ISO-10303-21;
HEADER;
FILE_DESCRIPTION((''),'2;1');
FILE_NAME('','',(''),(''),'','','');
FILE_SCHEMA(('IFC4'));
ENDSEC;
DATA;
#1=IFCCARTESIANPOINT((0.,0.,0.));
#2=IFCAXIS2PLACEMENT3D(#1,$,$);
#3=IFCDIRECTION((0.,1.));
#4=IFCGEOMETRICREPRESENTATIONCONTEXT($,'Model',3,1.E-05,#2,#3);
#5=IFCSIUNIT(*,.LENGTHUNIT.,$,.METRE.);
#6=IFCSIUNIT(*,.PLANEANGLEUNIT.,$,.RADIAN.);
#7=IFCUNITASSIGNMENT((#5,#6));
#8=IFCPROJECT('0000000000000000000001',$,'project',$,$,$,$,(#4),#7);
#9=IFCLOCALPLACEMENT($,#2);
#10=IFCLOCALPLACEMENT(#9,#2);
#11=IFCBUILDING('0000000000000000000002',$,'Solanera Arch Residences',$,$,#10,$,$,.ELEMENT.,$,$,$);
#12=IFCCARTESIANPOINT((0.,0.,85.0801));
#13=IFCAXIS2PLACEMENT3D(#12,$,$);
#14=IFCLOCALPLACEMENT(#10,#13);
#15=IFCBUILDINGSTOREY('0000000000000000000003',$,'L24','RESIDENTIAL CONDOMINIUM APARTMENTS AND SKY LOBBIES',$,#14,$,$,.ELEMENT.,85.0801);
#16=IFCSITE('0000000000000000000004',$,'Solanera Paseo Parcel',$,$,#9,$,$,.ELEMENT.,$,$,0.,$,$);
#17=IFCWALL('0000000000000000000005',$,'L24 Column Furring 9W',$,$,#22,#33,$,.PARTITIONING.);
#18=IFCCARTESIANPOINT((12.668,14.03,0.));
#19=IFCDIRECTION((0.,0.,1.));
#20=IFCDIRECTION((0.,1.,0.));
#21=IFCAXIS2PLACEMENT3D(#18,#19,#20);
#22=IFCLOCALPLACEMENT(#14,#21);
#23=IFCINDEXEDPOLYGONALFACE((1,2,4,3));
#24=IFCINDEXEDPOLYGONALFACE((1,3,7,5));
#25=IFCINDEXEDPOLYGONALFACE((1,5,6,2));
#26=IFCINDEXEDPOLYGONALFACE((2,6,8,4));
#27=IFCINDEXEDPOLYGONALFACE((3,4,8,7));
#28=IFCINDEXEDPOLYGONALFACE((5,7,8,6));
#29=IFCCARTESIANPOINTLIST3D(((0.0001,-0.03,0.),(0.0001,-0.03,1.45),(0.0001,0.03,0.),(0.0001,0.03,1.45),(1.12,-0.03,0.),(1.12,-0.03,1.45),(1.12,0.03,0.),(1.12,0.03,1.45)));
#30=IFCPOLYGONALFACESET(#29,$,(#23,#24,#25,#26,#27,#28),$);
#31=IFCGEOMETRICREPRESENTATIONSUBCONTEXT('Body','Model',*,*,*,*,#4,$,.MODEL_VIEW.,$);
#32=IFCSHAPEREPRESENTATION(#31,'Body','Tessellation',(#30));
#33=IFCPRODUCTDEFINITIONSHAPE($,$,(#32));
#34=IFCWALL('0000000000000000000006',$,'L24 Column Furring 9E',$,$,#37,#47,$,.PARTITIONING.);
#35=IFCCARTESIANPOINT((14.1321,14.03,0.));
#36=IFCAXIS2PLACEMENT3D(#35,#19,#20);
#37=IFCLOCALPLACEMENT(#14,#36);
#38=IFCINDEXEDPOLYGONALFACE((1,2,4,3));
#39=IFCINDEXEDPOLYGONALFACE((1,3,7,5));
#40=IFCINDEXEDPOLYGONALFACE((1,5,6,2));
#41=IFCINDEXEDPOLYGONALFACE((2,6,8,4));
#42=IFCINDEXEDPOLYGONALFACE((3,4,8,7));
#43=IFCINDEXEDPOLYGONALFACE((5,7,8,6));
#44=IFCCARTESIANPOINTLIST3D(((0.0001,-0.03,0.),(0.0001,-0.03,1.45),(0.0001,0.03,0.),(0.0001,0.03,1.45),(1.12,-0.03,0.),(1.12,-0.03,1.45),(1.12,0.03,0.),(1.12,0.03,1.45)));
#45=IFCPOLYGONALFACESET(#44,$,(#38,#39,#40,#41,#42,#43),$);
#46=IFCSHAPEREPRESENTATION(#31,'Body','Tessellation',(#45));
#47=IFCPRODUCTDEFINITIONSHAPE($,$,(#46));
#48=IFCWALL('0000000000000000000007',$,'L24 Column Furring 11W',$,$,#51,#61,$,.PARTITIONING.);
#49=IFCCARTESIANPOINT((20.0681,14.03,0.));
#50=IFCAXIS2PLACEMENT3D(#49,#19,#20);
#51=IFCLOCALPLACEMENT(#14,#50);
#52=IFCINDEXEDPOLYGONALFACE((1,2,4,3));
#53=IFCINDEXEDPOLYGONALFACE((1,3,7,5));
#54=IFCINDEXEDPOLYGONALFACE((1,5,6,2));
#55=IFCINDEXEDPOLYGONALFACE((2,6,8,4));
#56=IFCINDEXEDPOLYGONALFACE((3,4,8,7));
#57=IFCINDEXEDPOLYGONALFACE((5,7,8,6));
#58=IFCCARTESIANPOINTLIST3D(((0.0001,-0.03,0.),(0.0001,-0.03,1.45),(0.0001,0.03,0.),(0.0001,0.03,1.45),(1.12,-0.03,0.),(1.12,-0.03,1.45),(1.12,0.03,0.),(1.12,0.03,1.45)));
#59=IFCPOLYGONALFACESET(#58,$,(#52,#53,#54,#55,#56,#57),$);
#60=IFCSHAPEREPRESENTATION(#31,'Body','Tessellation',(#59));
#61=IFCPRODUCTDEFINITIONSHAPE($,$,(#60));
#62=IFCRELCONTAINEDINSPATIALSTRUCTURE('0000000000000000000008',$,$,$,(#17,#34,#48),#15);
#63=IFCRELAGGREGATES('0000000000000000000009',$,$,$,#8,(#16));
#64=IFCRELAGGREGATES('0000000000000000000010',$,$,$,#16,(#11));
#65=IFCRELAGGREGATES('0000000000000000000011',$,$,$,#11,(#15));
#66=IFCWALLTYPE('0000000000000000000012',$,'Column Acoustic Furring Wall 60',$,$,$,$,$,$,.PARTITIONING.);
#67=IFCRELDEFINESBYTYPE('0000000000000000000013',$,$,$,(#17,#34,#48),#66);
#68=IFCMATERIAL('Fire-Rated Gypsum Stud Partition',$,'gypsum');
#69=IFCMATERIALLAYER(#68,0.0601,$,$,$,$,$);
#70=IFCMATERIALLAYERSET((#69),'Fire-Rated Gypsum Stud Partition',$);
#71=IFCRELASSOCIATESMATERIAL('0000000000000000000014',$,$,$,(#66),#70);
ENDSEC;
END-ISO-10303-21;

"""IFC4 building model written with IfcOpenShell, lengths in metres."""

from ifc_helpers import new_model, si_unit, direction, frame, frame_2d, origin, place, context, subcontext, project, spatial, rectangle, extrude, material, layer, layer_set, type_object, element, save


model = new_model("IFC4")

# Units and contexts
model_context = context("Model", 3, precision=1e-05, world=origin(), true_north=direction((0.0, 1.0)))
body_context = subcontext(model_context, "Body", "Model", "MODEL_VIEW")
ifc_project = project(units=[si_unit("LENGTHUNIT", "METRE"), si_unit("PLANEANGLEUNIT", "RADIAN")], contexts=[model_context])

# Site, building, storey
site_placement = place(None, origin())
site = spatial("IfcSite", under=ifc_project, at=site_placement, Name="Solanera Paseo Parcel", CompositionType="ELEMENT", RefElevation=0.0)
building_placement = place(site_placement, origin())
building = spatial("IfcBuilding", under=site, at=building_placement, Name="Solanera Arch Residences", CompositionType="ELEMENT")
storey_placement = place(building_placement, frame((0.0, 0.0, 85.0801)))
storey = spatial("IfcBuildingStorey", under=building, at=storey_placement, Name="L24", Description="RESIDENTIAL CONDOMINIUM APARTMENTS AND SKY LOBBIES", CompositionType="ELEMENT", Elevation=85.0801)

# Walls
ifc_material_1 = material(Name="Fire-Rated Gypsum Stud Partition", Category="gypsum")
ifc_layer_1 = layer(ifc_material_1, 0.0601)
ifc_layer_set_1 = layer_set([ifc_layer_1], Name="Fire-Rated Gypsum Stud Partition")
wall_type_1 = type_object("IfcWallType", Name="Column Acoustic Furring Wall 60", PredefinedType="PARTITIONING", material=ifc_layer_set_1)
for number, where, z_axis, x_axis, name in (
    (1, (12.668, 14.03, 0.0), (0.0, 0.0, 1.0), (0.0, 1.0, 0.0), "L24 Column Furring 9W"),
    (2, (14.1321, 14.03, 0.0), (0.0, 0.0, 1.0), (0.0, 1.0, 0.0), "L24 Column Furring 9E"),
):
    element("IfcWall", number, at=place(storey_placement, frame(where, z_axis=z_axis, x_axis=x_axis)), inside=storey, type_object=wall_type_1, Name=name, PredefinedType="PARTITIONING", context=body_context, shape_type="SweptSolid", body=[
        extrude(rectangle(XDim=1.1199, YDim=0.0601, at=frame_2d((0.5601, 0.0))), origin(), (0.0, 0.0, 1.0), 1.45),
    ])
wall_1_placement = place(storey_placement, frame((20.0681, 14.03, 0.0), z_axis=(0.0, 0.0, 1.0), x_axis=(0.0, 1.0, 0.0)))
element("IfcWall", 3, at=wall_1_placement, inside=storey, type_object=wall_type_1, Name="L24 Column Furring 11W", PredefinedType="PARTITIONING", context=body_context, shape_type="SweptSolid", body=[
    extrude(rectangle(XDim=1.1199, YDim=0.0601, at=frame_2d((0.5601, 0.0))), origin(), (0.0, 0.0, 1.0), 1.45),
])

save(model, "model.ifc")
